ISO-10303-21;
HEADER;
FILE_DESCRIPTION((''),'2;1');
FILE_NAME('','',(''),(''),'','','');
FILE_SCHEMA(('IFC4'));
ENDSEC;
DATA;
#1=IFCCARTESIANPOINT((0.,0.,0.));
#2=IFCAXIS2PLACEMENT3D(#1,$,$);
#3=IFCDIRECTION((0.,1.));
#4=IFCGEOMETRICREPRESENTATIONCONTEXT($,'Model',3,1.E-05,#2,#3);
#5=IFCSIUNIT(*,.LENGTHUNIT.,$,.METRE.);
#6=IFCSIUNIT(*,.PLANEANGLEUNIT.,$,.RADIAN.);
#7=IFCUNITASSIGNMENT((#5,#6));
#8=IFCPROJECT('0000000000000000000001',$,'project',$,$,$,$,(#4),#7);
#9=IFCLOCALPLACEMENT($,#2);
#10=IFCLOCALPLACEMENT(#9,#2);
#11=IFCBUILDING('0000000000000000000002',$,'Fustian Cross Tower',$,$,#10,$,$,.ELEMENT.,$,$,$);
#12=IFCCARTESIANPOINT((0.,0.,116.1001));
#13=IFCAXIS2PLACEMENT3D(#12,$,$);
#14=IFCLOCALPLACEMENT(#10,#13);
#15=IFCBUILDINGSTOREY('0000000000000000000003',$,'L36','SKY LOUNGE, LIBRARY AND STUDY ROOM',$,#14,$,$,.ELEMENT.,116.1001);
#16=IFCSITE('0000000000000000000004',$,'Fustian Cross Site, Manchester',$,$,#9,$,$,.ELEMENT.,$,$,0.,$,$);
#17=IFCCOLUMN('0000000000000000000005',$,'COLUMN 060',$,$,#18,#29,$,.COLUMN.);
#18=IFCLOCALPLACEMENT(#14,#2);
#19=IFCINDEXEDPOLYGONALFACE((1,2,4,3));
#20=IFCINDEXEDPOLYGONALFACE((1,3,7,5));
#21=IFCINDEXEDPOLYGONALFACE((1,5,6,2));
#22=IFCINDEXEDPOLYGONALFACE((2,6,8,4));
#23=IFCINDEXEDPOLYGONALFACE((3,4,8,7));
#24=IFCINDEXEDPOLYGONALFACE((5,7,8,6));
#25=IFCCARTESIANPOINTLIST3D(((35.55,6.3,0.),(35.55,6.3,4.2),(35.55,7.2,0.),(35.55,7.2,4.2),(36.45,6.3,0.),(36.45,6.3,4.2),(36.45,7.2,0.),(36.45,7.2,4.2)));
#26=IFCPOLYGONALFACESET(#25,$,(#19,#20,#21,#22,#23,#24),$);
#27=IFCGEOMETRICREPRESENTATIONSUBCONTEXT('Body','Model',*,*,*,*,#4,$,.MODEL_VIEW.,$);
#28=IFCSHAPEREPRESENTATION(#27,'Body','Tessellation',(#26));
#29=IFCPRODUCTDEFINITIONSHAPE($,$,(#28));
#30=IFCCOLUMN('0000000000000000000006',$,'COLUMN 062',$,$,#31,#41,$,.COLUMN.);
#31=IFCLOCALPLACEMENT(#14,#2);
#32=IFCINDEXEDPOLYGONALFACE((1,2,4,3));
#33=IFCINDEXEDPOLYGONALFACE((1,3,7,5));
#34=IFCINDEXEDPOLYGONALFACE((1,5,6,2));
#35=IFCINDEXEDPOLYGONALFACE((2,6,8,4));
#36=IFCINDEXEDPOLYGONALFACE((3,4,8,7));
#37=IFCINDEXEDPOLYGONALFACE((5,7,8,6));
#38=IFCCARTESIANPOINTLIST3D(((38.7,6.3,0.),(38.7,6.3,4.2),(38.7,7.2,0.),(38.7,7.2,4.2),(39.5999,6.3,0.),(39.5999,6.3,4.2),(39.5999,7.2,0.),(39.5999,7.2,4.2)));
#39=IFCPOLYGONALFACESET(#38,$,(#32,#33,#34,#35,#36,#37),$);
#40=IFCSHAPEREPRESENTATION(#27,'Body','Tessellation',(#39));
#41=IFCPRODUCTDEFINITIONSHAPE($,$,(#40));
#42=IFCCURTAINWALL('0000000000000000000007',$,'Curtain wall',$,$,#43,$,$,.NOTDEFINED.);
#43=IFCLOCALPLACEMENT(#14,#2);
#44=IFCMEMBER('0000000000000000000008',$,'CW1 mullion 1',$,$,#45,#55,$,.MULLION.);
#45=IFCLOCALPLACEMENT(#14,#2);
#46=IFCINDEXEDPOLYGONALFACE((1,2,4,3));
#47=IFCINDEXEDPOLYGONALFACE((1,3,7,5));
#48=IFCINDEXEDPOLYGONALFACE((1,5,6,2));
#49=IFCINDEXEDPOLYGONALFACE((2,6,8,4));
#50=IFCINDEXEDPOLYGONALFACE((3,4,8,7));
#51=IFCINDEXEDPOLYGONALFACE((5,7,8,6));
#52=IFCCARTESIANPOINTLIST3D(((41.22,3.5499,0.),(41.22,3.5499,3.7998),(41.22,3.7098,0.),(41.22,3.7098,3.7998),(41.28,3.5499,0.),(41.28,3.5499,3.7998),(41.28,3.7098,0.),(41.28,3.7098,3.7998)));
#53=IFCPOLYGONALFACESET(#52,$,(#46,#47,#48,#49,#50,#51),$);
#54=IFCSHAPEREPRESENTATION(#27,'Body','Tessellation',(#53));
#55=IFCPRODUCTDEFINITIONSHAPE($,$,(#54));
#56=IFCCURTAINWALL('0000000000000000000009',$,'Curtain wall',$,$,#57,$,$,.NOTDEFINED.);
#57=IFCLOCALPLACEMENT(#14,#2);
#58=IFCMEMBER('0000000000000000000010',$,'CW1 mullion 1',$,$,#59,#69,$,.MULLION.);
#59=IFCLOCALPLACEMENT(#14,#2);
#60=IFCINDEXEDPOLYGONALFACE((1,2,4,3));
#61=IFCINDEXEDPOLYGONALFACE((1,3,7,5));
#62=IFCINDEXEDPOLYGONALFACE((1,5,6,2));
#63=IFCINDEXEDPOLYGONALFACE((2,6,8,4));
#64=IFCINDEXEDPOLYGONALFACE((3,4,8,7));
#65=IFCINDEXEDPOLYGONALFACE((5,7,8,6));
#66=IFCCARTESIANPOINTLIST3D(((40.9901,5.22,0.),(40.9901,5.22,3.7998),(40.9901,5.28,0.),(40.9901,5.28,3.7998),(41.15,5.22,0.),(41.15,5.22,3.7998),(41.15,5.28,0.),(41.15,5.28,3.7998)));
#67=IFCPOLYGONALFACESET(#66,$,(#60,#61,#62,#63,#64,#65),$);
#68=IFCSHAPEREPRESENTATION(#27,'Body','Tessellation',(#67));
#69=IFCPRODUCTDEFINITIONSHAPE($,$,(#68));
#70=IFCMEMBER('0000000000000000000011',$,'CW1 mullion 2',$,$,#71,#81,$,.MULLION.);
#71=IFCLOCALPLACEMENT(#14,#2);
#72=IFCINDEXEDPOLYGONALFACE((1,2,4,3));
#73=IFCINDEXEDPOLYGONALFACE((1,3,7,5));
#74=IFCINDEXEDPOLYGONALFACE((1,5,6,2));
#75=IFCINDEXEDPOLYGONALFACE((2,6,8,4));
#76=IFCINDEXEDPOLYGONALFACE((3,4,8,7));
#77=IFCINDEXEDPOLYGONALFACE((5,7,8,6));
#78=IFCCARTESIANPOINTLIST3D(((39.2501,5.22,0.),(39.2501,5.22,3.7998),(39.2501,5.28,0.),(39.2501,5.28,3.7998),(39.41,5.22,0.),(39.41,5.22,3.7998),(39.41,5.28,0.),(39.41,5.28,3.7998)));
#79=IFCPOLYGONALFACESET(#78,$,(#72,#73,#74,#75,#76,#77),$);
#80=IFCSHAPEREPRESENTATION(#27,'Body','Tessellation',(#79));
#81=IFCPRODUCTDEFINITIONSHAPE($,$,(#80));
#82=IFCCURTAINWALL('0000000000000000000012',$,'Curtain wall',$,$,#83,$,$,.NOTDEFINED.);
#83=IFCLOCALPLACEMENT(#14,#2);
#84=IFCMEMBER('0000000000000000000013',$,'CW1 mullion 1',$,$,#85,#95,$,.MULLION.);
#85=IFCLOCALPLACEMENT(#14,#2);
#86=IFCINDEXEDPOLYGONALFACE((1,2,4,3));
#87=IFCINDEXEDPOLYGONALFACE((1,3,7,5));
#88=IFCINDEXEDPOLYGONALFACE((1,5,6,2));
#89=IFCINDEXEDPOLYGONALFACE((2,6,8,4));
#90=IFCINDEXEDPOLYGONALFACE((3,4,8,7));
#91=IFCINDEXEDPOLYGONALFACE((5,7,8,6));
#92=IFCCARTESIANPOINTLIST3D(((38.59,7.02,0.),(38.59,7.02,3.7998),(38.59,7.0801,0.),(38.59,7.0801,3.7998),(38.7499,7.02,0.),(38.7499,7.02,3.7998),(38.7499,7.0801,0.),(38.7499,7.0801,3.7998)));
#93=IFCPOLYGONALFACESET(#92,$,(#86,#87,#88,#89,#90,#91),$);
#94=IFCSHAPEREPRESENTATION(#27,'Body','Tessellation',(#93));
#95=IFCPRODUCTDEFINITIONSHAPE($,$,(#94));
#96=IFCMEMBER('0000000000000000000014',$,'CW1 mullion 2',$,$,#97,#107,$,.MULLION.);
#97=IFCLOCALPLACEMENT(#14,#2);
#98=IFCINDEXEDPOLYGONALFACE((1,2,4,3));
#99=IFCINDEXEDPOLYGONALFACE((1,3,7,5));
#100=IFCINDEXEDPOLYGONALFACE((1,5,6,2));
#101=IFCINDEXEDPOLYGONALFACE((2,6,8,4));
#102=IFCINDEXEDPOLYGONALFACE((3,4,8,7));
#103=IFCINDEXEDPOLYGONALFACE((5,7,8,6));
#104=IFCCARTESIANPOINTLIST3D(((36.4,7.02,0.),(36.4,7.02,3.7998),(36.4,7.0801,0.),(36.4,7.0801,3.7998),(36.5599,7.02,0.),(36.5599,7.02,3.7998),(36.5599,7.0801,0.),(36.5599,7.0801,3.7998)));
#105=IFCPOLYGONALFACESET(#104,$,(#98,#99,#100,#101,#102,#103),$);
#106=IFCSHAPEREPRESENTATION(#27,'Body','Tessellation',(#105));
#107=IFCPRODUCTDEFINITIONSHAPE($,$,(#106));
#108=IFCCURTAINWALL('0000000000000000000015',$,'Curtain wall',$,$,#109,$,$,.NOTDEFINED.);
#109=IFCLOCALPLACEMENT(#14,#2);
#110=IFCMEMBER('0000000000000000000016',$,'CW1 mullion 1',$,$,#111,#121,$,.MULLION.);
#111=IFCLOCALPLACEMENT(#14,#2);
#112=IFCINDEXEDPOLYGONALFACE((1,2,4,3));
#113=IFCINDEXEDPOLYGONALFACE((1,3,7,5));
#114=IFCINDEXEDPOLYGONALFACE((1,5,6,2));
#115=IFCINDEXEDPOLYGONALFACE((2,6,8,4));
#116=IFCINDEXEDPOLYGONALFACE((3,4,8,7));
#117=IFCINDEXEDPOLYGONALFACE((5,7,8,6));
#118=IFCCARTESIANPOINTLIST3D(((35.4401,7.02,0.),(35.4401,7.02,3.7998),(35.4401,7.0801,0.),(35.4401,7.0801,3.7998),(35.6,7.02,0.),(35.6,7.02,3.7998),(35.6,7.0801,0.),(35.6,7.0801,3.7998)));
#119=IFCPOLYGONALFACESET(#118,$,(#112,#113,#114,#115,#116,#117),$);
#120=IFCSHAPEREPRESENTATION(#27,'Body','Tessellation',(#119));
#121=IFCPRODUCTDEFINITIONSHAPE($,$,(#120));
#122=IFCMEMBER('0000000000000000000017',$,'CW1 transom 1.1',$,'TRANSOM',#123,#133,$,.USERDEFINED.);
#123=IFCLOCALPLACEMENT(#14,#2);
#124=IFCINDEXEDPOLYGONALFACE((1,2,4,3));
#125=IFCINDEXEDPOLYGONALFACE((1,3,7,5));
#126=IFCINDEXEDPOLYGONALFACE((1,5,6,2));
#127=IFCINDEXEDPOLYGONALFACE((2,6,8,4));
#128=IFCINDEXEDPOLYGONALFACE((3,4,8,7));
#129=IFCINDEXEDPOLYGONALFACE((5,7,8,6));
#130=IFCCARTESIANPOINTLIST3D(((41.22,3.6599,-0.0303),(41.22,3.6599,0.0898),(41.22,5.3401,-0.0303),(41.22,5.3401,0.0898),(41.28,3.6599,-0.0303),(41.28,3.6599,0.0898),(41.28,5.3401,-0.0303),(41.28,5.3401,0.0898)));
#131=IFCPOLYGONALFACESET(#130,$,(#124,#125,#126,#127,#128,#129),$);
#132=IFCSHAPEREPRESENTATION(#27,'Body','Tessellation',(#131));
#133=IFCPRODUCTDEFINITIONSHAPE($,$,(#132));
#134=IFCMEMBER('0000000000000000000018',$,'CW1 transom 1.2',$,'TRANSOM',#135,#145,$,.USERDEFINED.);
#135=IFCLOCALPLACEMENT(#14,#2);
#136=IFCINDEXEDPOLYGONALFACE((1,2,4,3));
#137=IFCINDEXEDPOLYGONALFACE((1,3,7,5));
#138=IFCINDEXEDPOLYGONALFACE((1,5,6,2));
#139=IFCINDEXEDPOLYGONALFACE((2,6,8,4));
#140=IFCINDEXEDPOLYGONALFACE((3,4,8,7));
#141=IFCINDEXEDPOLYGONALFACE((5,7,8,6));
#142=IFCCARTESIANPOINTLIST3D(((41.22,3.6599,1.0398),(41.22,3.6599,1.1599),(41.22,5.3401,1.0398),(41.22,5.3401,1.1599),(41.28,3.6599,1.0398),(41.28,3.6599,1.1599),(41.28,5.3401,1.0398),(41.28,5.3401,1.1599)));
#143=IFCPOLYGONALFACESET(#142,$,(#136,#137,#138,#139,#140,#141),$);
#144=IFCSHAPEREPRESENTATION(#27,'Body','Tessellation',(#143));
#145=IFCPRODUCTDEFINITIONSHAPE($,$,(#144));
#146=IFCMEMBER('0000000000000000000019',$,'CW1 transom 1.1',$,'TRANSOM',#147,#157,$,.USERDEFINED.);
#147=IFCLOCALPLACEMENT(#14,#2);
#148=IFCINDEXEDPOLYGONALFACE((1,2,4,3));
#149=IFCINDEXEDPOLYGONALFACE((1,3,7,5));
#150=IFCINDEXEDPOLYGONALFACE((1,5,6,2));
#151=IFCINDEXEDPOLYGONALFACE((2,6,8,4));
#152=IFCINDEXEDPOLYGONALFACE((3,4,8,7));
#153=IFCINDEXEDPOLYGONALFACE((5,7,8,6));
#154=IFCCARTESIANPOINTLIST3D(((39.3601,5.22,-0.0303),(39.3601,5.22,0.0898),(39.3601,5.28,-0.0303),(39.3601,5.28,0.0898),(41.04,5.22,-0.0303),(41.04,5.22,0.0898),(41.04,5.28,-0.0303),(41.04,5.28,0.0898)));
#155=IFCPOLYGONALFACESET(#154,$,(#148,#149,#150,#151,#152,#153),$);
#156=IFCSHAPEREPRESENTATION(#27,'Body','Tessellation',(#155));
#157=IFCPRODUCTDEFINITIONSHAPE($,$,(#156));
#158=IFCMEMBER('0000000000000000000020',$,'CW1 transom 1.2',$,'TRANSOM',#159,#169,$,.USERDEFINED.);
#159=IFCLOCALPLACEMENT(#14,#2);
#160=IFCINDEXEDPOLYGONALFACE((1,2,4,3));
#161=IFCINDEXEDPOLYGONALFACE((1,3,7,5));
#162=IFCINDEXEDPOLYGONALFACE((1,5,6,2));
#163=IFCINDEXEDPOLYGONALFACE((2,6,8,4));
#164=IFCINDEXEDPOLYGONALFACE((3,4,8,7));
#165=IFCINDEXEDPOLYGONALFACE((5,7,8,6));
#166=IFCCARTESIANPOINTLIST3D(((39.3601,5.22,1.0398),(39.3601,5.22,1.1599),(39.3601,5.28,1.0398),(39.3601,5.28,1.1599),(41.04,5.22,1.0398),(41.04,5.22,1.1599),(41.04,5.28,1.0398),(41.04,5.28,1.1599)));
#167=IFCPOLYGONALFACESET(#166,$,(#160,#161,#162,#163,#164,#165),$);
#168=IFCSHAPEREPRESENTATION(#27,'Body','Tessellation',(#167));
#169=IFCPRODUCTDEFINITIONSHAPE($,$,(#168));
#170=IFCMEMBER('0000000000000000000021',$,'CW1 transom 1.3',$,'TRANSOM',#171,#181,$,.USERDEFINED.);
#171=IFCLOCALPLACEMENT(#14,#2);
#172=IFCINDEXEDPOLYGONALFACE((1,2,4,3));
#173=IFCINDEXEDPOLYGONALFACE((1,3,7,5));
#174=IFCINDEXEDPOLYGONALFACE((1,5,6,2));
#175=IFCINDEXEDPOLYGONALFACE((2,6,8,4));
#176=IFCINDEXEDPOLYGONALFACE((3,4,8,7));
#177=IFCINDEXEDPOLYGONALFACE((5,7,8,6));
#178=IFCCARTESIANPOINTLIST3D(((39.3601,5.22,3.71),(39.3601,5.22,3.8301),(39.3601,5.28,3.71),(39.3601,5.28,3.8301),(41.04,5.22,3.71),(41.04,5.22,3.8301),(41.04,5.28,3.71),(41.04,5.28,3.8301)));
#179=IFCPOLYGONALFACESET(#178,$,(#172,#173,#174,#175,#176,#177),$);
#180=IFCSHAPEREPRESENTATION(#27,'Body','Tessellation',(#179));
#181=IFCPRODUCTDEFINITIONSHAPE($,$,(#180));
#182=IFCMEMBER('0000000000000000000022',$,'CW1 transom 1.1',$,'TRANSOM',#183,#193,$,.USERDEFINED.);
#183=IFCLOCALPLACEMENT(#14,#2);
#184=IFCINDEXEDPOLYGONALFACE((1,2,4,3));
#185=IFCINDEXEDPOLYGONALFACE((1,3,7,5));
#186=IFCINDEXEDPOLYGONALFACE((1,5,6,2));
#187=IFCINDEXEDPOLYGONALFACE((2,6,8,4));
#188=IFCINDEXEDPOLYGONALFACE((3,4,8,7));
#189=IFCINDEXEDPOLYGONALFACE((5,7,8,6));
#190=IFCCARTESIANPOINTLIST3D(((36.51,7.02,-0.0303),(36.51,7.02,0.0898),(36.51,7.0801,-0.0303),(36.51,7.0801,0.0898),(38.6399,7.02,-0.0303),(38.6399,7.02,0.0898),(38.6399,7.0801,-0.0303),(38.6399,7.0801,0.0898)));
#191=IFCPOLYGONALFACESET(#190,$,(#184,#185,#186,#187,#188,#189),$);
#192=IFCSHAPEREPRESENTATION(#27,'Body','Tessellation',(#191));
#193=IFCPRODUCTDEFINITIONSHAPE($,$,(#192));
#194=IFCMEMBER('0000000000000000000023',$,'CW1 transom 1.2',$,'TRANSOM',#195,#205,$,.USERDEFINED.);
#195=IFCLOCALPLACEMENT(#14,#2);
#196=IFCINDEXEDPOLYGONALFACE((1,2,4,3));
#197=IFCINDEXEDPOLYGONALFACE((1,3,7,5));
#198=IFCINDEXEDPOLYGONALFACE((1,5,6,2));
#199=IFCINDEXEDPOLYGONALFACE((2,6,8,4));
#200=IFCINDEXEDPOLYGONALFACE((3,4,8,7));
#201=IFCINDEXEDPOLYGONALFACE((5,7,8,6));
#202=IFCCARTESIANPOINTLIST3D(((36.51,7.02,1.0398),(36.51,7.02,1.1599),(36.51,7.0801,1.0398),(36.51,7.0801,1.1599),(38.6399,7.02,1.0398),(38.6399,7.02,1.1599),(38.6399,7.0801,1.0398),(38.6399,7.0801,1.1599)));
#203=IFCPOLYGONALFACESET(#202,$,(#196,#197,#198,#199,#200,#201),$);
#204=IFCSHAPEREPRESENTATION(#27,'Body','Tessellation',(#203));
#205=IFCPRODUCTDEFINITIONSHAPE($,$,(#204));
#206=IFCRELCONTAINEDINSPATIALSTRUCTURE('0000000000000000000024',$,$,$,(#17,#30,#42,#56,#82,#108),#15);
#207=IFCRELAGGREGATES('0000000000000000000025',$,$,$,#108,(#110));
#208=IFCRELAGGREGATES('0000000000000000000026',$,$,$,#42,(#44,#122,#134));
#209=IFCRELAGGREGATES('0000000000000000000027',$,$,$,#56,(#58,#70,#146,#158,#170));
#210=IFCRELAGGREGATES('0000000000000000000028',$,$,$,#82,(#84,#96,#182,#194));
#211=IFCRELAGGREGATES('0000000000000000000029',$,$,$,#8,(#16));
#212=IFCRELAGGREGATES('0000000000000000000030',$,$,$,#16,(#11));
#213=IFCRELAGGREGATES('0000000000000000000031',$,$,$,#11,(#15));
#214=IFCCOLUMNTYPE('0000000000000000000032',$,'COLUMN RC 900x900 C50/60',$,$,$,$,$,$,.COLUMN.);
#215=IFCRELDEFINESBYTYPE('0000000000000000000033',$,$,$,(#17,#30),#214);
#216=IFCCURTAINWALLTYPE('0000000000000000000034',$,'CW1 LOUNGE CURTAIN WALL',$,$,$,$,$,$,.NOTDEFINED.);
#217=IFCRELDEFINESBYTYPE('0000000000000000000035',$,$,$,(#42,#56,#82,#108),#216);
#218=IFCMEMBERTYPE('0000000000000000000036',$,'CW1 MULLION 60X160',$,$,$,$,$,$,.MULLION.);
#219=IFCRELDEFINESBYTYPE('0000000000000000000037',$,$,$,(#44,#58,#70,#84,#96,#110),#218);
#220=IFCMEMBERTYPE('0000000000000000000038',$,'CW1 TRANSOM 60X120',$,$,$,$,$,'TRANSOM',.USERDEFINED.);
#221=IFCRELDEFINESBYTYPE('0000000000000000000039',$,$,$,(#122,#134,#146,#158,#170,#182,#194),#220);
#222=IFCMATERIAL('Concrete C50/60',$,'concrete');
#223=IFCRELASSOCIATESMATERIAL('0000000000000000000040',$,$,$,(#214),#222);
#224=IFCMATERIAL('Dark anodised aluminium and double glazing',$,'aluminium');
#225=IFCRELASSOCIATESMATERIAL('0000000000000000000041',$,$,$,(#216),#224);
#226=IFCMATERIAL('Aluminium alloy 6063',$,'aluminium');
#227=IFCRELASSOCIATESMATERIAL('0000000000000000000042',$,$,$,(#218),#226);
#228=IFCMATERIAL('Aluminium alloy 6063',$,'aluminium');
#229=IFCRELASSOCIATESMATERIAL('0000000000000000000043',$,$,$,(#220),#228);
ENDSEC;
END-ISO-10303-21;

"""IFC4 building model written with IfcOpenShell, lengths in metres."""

from ifc_helpers import new_model, si_unit, direction, frame, origin, origin_2d, place, context, subcontext, project, spatial, rectangle, extrude, material, material_profile, profile_set, type_object, element, aggregate, save


model = new_model("IFC4")

# Units and contexts
model_context = context("Model", 3, precision=1e-05, world=origin(), true_north=direction((0.0, 1.0)))
body_context = subcontext(model_context, "Body", "Model", "MODEL_VIEW")
ifc_project = project(units=[si_unit("LENGTHUNIT", "METRE"), si_unit("PLANEANGLEUNIT", "RADIAN")], contexts=[model_context])

# Site, building, storey
site_placement = place(None, origin())
site = spatial("IfcSite", under=ifc_project, at=site_placement, Name="Fustian Cross Site, Manchester", CompositionType="ELEMENT", RefElevation=0.0)
building_placement = place(site_placement, origin())
building = spatial("IfcBuilding", under=site, at=building_placement, Name="Fustian Cross Tower", CompositionType="ELEMENT")
storey_placement = place(building_placement, frame((0.0, 0.0, 116.1001)))
storey = spatial("IfcBuildingStorey", under=building, at=storey_placement, Name="L36", Description="SKY LOUNGE, LIBRARY AND STUDY ROOM", CompositionType="ELEMENT", Elevation=116.1001)

# Columns
ifc_material_1 = material(Name="Concrete C50/60", Category="concrete")
ifc_material_profile_1 = material_profile(ifc_material_1, rectangle(XDim=0.8999, YDim=0.8999, at=origin_2d()), Name="RC 900x900")
ifc_profile_set_1 = profile_set([ifc_material_profile_1], Name="Concrete C50/60")
column_type = type_object("IfcColumnType", Name="COLUMN RC 900x900 C50/60", PredefinedType="COLUMN", material=ifc_profile_set_1)
for number, where, z_axis, x_axis, name in (
    (1, (36.0, 6.75, 0.0), (0.0, 0.0, 1.0), (1.0, 0.0, 0.0), "COLUMN 060"),
    (2, (39.1499, 6.75, 0.0), (0.0, 0.0, 1.0), (1.0, 0.0, 0.0), "COLUMN 062"),
):
    element("IfcColumn", number, at=place(storey_placement, frame(where, z_axis=z_axis, x_axis=x_axis)), inside=storey, type_object=column_type, Name=name, PredefinedType="COLUMN", context=body_context, shape_type="SweptSolid", body=[
        extrude(rectangle(XDim=0.8999, YDim=0.8999, at=origin_2d()), origin(), (0.0, 0.0, 1.0), 4.2),
    ])

# Curtain wall, member
ifc_material_2 = material(Name="Dark anodised aluminium and double glazing", Category="aluminium")
curtain_wall_type = type_object("IfcCurtainWallType", Name="CW1 LOUNGE CURTAIN WALL", PredefinedType="NOTDEFINED", material=ifc_material_2)
curtain_wall_1_placement = place(storey_placement, origin())
curtain_wall_1 = element("IfcCurtainWall", 3, at=curtain_wall_1_placement, inside=storey, type_object=curtain_wall_type, Name="Curtain wall", PredefinedType="NOTDEFINED")
ifc_material_3 = material(Name="Aluminium alloy 6063", Category="aluminium")
ifc_material_profile_2 = material_profile(ifc_material_3, rectangle(XDim=0.0601, YDim=0.1599, at=origin_2d()), Name="CW1 MULLION 60X160")
ifc_profile_set_2 = profile_set([ifc_material_profile_2], Name="Aluminium alloy 6063")
member_type_1 = type_object("IfcMemberType", Name="CW1 MULLION 60X160", PredefinedType="MULLION", material=ifc_profile_set_2)
member_1_placement = place(storey_placement, frame((41.25, 3.6299, 0.0), z_axis=(0.0, 0.0, 1.0), x_axis=(-1.0, 0.0, 0.0)))
member_1 = element("IfcMember", 4, at=member_1_placement, type_object=member_type_1, Name="CW1 mullion 1", PredefinedType="MULLION", context=body_context, shape_type="SweptSolid", body=[
    extrude(rectangle(XDim=0.0601, YDim=0.1599, at=origin_2d()), origin(), (0.0, 0.0, 1.0), 3.7998),
])

# Curtain walls, members
curtain_wall_2_placement = place(storey_placement, origin())
curtain_wall_2 = element("IfcCurtainWall", 5, at=curtain_wall_2_placement, inside=storey, type_object=curtain_wall_type, Name="Curtain wall", PredefinedType="NOTDEFINED")
member_2_placement = place(storey_placement, frame((41.0701, 5.25, 0.0), z_axis=(0.0, 0.0, 1.0), x_axis=(0.0, -1.0, 0.0)))
member_2 = element("IfcMember", 6, at=member_2_placement, type_object=member_type_1, Name="CW1 mullion 1", PredefinedType="MULLION", context=body_context, shape_type="SweptSolid", body=[
    extrude(rectangle(XDim=0.0601, YDim=0.1599, at=origin_2d()), origin(), (0.0, 0.0, 1.0), 3.7998),
])
member_3_placement = place(storey_placement, frame((39.3301, 5.25, 0.0), z_axis=(0.0, 0.0, 1.0), x_axis=(0.0, -1.0, 0.0)))
member_3 = element("IfcMember", 7, at=member_3_placement, type_object=member_type_1, Name="CW1 mullion 2", PredefinedType="MULLION", context=body_context, shape_type="SweptSolid", body=[
    extrude(rectangle(XDim=0.0601, YDim=0.1599, at=origin_2d()), origin(), (0.0, 0.0, 1.0), 3.7998),
])
curtain_wall_3_placement = place(storey_placement, origin())
curtain_wall_3 = element("IfcCurtainWall", 8, at=curtain_wall_3_placement, inside=storey, type_object=curtain_wall_type, Name="Curtain wall", PredefinedType="NOTDEFINED")
member_4_placement = place(storey_placement, frame((38.6699, 7.05, 0.0), z_axis=(0.0, 0.0, 1.0), x_axis=(0.0, -1.0, 0.0)))
member_4 = element("IfcMember", 9, at=member_4_placement, type_object=member_type_1, Name="CW1 mullion 1", PredefinedType="MULLION", context=body_context, shape_type="SweptSolid", body=[
    extrude(rectangle(XDim=0.0601, YDim=0.1599, at=origin_2d()), origin(), (0.0, 0.0, 1.0), 3.7998),
])
member_5_placement = place(storey_placement, frame((36.48, 7.05, 0.0), z_axis=(0.0, 0.0, 1.0), x_axis=(0.0, -1.0, 0.0)))
member_5 = element("IfcMember", 10, at=member_5_placement, type_object=member_type_1, Name="CW1 mullion 2", PredefinedType="MULLION", context=body_context, shape_type="SweptSolid", body=[
    extrude(rectangle(XDim=0.0601, YDim=0.1599, at=origin_2d()), origin(), (0.0, 0.0, 1.0), 3.7998),
])

# Curtain wall, member
curtain_wall_4_placement = place(storey_placement, origin())
curtain_wall_4 = element("IfcCurtainWall", 11, at=curtain_wall_4_placement, inside=storey, type_object=curtain_wall_type, Name="Curtain wall", PredefinedType="NOTDEFINED")
member_6_placement = place(storey_placement, frame((35.52, 7.05, 0.0), z_axis=(0.0, 0.0, 1.0), x_axis=(0.0, -1.0, 0.0)))
member_6 = element("IfcMember", 12, at=member_6_placement, type_object=member_type_1, Name="CW1 mullion 1", PredefinedType="MULLION", context=body_context, shape_type="SweptSolid", body=[
    extrude(rectangle(XDim=0.0601, YDim=0.1599, at=origin_2d()), origin(), (0.0, 0.0, 1.0), 3.7998),
])
aggregate(curtain_wall_4, [member_6])

# Members
ifc_material_4 = material(Name="Aluminium alloy 6063", Category="aluminium")
ifc_material_profile_3 = material_profile(ifc_material_4, rectangle(XDim=0.0601, YDim=0.1201, at=origin_2d()), Name="CW1 TRANSOM 60X120")
ifc_profile_set_3 = profile_set([ifc_material_profile_3], Name="Aluminium alloy 6063")
member_type_2 = type_object("IfcMemberType", Name="CW1 TRANSOM 60X120", ElementType="TRANSOM", PredefinedType="USERDEFINED", material=ifc_profile_set_3)
member_7_placement = place(storey_placement, frame((41.25, 3.6599, 0.0298), z_axis=(0.0, 1.0, 0.0), x_axis=(-1.0, 0.0, 0.0)))
member_7 = element("IfcMember", 13, at=member_7_placement, type_object=member_type_2, Name="CW1 transom 1.1", ObjectType="TRANSOM", PredefinedType="USERDEFINED", context=body_context, shape_type="SweptSolid", body=[
    extrude(rectangle(XDim=0.0601, YDim=0.1201, at=origin_2d()), origin(), (0.0, 0.0, 1.0), 1.6802),
])
member_8_placement = place(storey_placement, frame((41.25, 3.6599, 1.0999), z_axis=(0.0, 1.0, 0.0), x_axis=(-1.0, 0.0, 0.0)))
member_8 = element("IfcMember", 14, at=member_8_placement, type_object=member_type_2, Name="CW1 transom 1.2", ObjectType="TRANSOM", PredefinedType="USERDEFINED", context=body_context, shape_type="SweptSolid", body=[
    extrude(rectangle(XDim=0.0601, YDim=0.1201, at=origin_2d()), origin(), (0.0, 0.0, 1.0), 1.6802),
])
aggregate(curtain_wall_1, [member_1, member_7, member_8])
member_9_placement = place(storey_placement, frame((41.04, 5.25, 0.0298), z_axis=(-1.0, 0.0, 0.0), x_axis=(0.0, -1.0, 0.0)))
member_9 = element("IfcMember", 15, at=member_9_placement, type_object=member_type_2, Name="CW1 transom 1.1", ObjectType="TRANSOM", PredefinedType="USERDEFINED", context=body_context, shape_type="SweptSolid", body=[
    extrude(rectangle(XDim=0.0601, YDim=0.1201, at=origin_2d()), origin(), (0.0, 0.0, 1.0), 1.6799),
])
member_10_placement = place(storey_placement, frame((41.04, 5.25, 1.0999), z_axis=(-1.0, 0.0, 0.0), x_axis=(0.0, -1.0, 0.0)))
member_10 = element("IfcMember", 16, at=member_10_placement, type_object=member_type_2, Name="CW1 transom 1.2", ObjectType="TRANSOM", PredefinedType="USERDEFINED", context=body_context, shape_type="SweptSolid", body=[
    extrude(rectangle(XDim=0.0601, YDim=0.1201, at=origin_2d()), origin(), (0.0, 0.0, 1.0), 1.6799),
])
member_11_placement = place(storey_placement, frame((41.04, 5.25, 3.77), z_axis=(-1.0, 0.0, 0.0), x_axis=(0.0, -1.0, 0.0)))
member_11 = element("IfcMember", 17, at=member_11_placement, type_object=member_type_2, Name="CW1 transom 1.3", ObjectType="TRANSOM", PredefinedType="USERDEFINED", context=body_context, shape_type="SweptSolid", body=[
    extrude(rectangle(XDim=0.0601, YDim=0.1201, at=origin_2d()), origin(), (0.0, 0.0, 1.0), 1.6799),
])
member_12_placement = place(storey_placement, frame((38.6399, 7.05, 0.0298), z_axis=(-1.0, 0.0, 0.0), x_axis=(0.0, -1.0, 0.0)))
member_12 = element("IfcMember", 18, at=member_12_placement, type_object=member_type_2, Name="CW1 transom 1.1", ObjectType="TRANSOM", PredefinedType="USERDEFINED", context=body_context, shape_type="SweptSolid", body=[
    extrude(rectangle(XDim=0.0601, YDim=0.1201, at=origin_2d()), origin(), (0.0, 0.0, 1.0), 2.1299),
])
member_13_placement = place(storey_placement, frame((38.6399, 7.05, 1.0999), z_axis=(-1.0, 0.0, 0.0), x_axis=(0.0, -1.0, 0.0)))
member_13 = element("IfcMember", 19, at=member_13_placement, type_object=member_type_2, Name="CW1 transom 1.2", ObjectType="TRANSOM", PredefinedType="USERDEFINED", context=body_context, shape_type="SweptSolid", body=[
    extrude(rectangle(XDim=0.0601, YDim=0.1201, at=origin_2d()), origin(), (0.0, 0.0, 1.0), 2.1299),
])

aggregate(curtain_wall_2, [member_2, member_3, member_9, member_10, member_11])
aggregate(curtain_wall_3, [member_4, member_5, member_12, member_13])

save(model, "model.ifc")
